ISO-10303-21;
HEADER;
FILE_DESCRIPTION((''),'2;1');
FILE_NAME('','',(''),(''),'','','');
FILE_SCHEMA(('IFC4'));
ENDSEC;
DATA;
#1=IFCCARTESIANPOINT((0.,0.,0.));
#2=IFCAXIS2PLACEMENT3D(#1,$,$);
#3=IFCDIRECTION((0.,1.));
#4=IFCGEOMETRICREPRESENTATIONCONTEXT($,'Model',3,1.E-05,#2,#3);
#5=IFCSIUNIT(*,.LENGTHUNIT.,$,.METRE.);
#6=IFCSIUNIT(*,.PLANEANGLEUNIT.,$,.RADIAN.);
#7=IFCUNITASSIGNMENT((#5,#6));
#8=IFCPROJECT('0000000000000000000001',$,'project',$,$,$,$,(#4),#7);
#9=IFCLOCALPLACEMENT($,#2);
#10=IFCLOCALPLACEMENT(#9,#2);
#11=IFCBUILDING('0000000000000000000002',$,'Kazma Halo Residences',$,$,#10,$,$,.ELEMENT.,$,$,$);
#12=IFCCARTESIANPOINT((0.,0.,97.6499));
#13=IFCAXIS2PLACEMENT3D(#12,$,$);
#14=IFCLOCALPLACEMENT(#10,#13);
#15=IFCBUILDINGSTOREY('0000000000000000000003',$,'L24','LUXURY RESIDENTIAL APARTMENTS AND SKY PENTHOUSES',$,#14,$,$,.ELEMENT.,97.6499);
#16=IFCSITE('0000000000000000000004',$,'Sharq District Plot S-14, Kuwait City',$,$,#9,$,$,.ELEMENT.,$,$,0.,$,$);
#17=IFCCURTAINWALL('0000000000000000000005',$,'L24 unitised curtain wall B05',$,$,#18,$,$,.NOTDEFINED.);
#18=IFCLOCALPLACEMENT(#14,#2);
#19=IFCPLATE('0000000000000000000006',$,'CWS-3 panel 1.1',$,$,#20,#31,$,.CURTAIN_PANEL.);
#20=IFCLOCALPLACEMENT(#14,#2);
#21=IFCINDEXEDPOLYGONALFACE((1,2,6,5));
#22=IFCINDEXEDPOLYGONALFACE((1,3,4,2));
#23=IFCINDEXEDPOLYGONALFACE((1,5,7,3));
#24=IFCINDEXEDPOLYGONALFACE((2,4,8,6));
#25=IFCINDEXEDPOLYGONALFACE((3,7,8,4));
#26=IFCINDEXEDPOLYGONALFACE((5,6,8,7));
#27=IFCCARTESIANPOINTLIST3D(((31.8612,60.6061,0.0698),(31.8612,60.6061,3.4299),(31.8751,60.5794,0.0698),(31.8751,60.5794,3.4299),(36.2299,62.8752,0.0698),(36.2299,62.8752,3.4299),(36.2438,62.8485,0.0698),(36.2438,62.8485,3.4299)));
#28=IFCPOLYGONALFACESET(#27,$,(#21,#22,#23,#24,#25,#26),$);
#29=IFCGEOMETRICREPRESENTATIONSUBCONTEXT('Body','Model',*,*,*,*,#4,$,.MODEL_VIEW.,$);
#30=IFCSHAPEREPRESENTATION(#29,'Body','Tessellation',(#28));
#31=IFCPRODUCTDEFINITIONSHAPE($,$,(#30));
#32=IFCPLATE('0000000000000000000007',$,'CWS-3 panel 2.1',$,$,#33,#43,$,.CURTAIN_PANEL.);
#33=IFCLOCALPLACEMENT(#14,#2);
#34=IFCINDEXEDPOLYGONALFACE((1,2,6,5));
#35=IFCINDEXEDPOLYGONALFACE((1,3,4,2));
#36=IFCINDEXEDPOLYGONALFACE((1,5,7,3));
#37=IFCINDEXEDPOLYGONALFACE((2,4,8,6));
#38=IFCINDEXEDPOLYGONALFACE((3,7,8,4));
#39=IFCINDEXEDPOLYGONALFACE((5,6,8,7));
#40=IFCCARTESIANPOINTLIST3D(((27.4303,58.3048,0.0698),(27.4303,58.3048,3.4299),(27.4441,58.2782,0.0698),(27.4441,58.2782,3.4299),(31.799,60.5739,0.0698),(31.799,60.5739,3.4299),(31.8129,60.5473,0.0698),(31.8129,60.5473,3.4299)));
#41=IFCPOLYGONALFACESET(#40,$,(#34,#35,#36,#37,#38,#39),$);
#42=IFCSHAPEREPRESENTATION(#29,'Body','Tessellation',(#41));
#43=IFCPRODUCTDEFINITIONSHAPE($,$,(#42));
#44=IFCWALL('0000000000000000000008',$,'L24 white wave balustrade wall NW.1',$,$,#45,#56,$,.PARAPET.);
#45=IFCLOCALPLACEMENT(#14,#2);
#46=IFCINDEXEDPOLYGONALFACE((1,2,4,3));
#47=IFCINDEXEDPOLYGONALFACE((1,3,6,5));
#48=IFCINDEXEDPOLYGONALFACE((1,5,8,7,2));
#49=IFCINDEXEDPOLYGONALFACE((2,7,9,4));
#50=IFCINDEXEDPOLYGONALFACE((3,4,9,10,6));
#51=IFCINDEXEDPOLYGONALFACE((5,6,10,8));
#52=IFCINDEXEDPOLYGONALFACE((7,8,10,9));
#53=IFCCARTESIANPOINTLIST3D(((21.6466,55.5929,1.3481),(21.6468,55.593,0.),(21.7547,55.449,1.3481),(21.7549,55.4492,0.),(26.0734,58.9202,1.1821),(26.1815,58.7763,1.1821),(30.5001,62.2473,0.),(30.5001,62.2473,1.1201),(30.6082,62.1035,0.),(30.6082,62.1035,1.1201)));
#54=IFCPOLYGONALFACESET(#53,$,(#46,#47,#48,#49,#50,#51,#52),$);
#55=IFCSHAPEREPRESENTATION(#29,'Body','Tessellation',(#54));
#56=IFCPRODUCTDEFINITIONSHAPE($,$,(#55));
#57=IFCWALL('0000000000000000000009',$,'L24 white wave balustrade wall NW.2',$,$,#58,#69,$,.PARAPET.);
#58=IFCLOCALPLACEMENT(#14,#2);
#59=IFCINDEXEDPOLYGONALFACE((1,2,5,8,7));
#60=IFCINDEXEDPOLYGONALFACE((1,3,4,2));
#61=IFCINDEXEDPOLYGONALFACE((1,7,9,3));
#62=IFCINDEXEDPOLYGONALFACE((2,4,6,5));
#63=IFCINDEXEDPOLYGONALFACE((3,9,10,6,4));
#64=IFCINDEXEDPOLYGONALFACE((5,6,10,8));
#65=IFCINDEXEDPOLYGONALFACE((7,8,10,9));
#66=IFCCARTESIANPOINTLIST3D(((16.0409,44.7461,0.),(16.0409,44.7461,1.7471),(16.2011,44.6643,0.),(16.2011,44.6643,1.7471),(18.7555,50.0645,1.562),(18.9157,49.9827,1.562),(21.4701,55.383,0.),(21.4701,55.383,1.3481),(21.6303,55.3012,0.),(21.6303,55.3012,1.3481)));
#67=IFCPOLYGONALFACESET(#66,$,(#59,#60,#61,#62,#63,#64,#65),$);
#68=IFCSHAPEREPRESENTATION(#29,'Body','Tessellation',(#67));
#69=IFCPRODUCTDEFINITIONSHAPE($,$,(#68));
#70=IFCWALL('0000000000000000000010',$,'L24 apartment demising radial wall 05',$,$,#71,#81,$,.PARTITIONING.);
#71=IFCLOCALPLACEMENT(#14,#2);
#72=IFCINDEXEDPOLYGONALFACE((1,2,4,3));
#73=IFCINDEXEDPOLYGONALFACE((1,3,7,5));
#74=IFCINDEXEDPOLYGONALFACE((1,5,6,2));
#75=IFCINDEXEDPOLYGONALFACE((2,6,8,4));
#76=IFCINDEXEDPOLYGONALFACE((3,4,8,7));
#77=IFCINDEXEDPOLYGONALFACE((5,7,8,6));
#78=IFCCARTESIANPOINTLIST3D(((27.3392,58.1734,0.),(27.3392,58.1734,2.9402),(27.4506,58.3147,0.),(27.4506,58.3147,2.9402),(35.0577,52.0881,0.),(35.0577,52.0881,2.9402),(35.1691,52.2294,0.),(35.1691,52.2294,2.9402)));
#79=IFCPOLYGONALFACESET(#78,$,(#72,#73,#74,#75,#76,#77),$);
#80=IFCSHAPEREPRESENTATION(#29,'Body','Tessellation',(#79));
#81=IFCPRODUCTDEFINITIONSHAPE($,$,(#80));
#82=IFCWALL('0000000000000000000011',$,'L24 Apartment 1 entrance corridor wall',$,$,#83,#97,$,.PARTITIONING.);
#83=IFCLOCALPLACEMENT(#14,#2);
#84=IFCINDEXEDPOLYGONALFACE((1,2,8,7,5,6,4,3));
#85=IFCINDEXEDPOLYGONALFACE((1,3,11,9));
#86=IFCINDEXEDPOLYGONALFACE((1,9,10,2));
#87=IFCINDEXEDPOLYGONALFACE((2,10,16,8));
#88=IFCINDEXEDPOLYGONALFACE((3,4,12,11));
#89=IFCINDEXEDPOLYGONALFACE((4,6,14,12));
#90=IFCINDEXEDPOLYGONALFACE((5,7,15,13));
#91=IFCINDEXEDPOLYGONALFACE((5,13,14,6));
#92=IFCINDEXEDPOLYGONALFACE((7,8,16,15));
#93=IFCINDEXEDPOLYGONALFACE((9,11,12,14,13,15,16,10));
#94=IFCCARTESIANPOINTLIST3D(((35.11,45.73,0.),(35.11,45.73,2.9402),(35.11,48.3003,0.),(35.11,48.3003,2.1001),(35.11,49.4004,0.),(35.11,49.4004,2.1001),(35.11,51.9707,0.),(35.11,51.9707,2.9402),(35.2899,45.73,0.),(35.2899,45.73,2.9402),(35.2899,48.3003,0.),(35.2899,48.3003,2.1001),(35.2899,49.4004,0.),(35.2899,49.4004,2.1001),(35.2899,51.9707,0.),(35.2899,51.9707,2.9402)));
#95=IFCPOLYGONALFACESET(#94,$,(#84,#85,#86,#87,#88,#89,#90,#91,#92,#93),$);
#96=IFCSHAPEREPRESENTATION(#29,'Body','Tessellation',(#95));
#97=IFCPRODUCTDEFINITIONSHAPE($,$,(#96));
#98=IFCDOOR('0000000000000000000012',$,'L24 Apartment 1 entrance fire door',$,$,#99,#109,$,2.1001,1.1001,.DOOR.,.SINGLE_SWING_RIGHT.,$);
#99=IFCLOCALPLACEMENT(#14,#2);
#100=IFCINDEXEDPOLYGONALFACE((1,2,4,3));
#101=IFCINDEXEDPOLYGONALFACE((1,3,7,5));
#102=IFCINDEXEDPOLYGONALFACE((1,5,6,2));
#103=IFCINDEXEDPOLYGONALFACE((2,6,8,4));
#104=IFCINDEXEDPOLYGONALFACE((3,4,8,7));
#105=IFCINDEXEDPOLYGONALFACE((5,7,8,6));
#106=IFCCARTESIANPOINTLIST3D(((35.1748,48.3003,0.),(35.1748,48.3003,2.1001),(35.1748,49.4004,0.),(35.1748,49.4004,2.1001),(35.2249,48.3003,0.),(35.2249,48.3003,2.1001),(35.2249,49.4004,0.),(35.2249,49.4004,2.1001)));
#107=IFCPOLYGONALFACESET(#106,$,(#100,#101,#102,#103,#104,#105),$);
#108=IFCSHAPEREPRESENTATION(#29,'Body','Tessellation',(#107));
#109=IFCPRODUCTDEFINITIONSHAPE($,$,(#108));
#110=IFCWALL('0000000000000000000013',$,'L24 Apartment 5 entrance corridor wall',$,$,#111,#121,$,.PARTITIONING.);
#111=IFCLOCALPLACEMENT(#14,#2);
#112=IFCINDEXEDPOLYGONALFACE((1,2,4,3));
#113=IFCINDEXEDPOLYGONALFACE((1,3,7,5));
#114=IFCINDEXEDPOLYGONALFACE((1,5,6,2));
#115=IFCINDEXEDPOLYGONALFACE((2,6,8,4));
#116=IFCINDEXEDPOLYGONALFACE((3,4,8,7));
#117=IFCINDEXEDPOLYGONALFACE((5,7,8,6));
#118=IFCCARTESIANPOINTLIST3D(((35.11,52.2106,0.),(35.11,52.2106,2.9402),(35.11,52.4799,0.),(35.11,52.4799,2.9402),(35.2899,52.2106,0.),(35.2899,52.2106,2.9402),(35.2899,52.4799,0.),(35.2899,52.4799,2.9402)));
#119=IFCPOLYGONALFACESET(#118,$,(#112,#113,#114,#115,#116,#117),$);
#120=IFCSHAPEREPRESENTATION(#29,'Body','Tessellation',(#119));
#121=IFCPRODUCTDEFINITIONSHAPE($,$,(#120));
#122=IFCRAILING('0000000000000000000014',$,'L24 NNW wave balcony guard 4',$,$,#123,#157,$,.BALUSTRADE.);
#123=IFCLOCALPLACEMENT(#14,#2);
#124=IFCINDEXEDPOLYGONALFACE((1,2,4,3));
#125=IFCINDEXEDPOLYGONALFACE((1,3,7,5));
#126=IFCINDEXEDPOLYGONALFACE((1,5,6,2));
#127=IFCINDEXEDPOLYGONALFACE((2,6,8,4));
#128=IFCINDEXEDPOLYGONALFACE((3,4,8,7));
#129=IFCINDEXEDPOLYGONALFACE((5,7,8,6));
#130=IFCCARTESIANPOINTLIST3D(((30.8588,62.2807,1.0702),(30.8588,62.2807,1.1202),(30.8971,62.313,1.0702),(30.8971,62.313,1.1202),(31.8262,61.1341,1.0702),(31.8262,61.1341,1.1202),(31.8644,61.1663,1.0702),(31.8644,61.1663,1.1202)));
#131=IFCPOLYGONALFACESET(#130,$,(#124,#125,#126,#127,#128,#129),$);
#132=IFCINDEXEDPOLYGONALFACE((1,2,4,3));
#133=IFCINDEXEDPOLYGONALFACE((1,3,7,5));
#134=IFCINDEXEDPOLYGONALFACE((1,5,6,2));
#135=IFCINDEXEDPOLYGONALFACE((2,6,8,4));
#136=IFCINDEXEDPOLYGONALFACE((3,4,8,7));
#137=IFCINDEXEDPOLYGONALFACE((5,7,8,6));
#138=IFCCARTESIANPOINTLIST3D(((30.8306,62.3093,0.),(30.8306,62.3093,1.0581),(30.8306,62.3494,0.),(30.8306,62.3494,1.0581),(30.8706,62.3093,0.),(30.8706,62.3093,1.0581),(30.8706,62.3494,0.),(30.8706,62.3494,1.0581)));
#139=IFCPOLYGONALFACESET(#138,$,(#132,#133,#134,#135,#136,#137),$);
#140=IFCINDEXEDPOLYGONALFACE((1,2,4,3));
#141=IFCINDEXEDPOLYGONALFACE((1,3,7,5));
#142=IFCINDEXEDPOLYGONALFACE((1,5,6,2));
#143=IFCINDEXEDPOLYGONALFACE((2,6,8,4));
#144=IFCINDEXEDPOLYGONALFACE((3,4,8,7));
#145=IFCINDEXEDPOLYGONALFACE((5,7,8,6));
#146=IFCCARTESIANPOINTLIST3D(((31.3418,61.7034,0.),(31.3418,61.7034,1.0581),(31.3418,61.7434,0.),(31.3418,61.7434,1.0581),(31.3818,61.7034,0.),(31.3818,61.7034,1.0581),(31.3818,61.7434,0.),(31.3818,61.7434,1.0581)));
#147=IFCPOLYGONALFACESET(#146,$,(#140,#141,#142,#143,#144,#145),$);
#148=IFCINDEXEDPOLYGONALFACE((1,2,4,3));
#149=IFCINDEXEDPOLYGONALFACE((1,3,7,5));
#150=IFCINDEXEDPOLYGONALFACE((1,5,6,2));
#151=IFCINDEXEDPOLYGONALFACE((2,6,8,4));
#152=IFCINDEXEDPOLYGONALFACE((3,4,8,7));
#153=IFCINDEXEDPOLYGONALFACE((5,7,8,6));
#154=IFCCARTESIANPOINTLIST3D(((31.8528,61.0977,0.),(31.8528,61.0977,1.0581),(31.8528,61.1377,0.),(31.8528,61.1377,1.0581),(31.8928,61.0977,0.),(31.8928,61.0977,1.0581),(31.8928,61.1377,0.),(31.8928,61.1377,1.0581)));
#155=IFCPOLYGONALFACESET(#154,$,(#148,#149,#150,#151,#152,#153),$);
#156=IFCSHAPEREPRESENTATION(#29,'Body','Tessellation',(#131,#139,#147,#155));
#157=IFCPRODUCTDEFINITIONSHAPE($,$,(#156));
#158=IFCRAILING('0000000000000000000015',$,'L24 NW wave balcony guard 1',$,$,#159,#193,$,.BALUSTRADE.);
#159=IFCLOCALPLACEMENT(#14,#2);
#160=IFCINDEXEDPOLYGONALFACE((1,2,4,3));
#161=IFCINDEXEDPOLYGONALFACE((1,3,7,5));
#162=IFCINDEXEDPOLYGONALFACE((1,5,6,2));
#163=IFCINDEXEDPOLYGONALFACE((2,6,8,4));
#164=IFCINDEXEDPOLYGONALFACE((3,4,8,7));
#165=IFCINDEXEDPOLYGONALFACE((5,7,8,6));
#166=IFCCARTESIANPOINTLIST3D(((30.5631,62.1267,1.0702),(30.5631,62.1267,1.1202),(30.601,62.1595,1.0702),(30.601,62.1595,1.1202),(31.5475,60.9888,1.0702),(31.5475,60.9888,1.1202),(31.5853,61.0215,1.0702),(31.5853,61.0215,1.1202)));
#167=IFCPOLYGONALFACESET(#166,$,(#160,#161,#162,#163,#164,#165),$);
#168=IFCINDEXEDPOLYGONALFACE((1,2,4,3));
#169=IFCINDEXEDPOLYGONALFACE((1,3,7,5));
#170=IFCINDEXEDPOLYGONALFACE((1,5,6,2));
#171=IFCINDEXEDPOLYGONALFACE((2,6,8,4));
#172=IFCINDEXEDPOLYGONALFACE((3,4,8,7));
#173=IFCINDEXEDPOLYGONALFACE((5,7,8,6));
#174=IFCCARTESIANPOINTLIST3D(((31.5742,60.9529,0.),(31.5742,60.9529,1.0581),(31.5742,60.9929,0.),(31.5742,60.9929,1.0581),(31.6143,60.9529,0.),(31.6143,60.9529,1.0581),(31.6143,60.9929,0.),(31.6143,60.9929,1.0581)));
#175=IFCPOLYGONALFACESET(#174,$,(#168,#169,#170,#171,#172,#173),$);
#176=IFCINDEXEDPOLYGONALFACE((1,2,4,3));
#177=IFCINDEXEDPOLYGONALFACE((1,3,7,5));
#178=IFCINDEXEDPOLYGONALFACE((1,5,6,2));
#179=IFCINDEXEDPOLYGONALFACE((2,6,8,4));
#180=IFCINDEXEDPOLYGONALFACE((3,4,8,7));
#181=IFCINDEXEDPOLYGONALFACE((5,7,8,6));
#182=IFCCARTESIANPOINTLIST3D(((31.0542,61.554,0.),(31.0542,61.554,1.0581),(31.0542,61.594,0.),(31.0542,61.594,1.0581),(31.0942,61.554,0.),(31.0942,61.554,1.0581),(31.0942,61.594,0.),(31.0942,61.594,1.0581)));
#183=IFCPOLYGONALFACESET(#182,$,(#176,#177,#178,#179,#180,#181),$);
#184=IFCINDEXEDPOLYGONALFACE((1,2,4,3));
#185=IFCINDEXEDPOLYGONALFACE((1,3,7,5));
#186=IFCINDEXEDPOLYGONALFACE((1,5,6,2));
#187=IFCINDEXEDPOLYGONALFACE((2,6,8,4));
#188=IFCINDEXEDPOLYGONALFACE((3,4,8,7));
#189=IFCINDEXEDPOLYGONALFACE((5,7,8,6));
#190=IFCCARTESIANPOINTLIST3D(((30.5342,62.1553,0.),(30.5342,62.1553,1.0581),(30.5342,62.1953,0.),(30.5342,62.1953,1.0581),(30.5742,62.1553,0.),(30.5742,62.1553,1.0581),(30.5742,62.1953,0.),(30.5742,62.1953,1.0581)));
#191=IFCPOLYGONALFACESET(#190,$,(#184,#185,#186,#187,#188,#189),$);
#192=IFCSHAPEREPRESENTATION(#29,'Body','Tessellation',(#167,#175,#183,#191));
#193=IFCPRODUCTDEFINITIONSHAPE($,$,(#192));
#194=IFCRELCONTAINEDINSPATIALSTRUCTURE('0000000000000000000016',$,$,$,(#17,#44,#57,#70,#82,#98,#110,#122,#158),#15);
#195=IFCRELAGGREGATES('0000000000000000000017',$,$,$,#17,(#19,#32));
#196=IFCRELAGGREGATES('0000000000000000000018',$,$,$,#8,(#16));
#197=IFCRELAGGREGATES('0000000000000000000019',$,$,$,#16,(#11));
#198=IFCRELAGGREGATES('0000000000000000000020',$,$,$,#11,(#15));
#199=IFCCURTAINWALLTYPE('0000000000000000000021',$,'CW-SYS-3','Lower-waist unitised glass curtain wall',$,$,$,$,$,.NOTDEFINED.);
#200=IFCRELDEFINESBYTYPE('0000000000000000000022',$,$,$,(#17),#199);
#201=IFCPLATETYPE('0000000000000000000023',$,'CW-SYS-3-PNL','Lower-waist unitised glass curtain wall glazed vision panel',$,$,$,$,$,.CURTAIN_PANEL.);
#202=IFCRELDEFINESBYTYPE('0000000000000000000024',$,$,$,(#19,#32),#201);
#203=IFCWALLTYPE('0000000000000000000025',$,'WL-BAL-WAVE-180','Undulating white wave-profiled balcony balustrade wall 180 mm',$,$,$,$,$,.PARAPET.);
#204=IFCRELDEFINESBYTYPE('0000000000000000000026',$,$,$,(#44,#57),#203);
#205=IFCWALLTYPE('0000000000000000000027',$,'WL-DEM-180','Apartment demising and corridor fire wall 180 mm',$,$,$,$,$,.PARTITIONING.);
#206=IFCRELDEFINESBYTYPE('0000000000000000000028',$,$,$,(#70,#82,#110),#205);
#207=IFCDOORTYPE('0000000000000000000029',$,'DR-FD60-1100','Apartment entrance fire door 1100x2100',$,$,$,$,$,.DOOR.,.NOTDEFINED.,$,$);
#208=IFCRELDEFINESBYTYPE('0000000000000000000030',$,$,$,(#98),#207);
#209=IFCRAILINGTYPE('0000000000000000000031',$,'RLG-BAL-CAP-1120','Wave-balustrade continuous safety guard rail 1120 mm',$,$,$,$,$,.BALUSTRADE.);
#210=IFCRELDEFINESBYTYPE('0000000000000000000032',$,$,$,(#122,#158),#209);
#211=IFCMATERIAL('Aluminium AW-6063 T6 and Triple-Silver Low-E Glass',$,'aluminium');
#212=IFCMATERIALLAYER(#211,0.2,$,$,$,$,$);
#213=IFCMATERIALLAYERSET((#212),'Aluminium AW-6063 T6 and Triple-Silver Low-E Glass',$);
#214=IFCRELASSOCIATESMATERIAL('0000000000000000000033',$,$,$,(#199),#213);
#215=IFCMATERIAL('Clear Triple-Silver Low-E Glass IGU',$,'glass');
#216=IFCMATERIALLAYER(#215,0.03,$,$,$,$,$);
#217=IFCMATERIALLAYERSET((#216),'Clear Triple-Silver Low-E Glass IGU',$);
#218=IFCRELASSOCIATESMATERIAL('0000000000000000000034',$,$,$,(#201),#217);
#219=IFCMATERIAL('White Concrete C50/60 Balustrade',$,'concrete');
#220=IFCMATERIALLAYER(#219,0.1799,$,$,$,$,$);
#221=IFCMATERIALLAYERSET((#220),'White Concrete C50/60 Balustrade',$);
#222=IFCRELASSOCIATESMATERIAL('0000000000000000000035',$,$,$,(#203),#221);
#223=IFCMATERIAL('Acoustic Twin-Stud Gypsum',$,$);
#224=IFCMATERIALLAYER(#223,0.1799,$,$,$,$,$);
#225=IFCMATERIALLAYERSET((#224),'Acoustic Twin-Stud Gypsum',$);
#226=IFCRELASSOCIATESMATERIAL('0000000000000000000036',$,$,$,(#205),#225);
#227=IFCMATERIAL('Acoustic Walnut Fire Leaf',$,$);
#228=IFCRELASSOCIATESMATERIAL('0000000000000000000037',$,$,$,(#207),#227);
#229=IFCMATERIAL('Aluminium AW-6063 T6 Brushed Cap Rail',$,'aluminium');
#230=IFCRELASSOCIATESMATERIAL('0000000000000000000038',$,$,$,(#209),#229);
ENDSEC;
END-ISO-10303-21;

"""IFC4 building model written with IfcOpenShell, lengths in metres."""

from ifc_helpers import new_model, si_unit, direction, frame, frame_2d, origin, origin_2d, place, context, subcontext, project, spatial, polyline, rectangle, outline, extrude, material, layer, layer_set, type_object, element, fill, aggregate, save


model = new_model("IFC4")

# Units and contexts
model_context = context("Model", 3, precision=1e-05, world=origin(), true_north=direction((0.0, 1.0)))
body_context = subcontext(model_context, "Body", "Model", "MODEL_VIEW")
ifc_project = project(units=[si_unit("LENGTHUNIT", "METRE"), si_unit("PLANEANGLEUNIT", "RADIAN")], contexts=[model_context])

# Site, building, storey
site_placement = place(None, origin())
site = spatial("IfcSite", under=ifc_project, at=site_placement, Name="Sharq District Plot S-14, Kuwait City", CompositionType="ELEMENT", RefElevation=0.0)
building_placement = place(site_placement, origin())
building = spatial("IfcBuilding", under=site, at=building_placement, Name="Kazma Halo Residences", CompositionType="ELEMENT")
storey_placement = place(building_placement, frame((0.0, 0.0, 97.6499)))
storey = spatial("IfcBuildingStorey", under=building, at=storey_placement, Name="L24", Description="LUXURY RESIDENTIAL APARTMENTS AND SKY PENTHOUSES", CompositionType="ELEMENT", Elevation=97.6499)

# Curtain wall
ifc_material_1 = material(Name="Aluminium AW-6063 T6 and Triple-Silver Low-E Glass", Category="aluminium")
ifc_layer_1 = layer(ifc_material_1, 0.2)
ifc_layer_set_1 = layer_set([ifc_layer_1], Name="Aluminium AW-6063 T6 and Triple-Silver Low-E Glass")
curtain_wall_type = type_object("IfcCurtainWallType", Name="CW-SYS-3", Description="Lower-waist unitised glass curtain wall", PredefinedType="NOTDEFINED", material=ifc_layer_set_1)
curtain_wall_1_placement = place(storey_placement, origin())
curtain_wall_1 = element("IfcCurtainWall", 1, at=curtain_wall_1_placement, inside=storey, type_object=curtain_wall_type, Name="L24 unitised curtain wall B05", PredefinedType="NOTDEFINED")

# Plates
ifc_material_2 = material(Name="Clear Triple-Silver Low-E Glass IGU", Category="glass")
ifc_layer_2 = layer(ifc_material_2, 0.03)
ifc_layer_set_2 = layer_set([ifc_layer_2], Name="Clear Triple-Silver Low-E Glass IGU")
plate_type = type_object("IfcPlateType", Name="CW-SYS-3-PNL", Description="Lower-waist unitised glass curtain wall glazed vision panel", PredefinedType="CURTAIN_PANEL", material=ifc_layer_set_2)
plate_1_placement = place(storey_placement, frame((34.0525, 61.7273, 0.0698), z_axis=(0.0, 0.0, 1.0), x_axis=(-0.887435, -0.460932, 0.0)))
plate_1 = element("IfcPlate", 2, at=plate_1_placement, type_object=plate_type, Name="CWS-3 panel 1.1", PredefinedType="CURTAIN_PANEL", context=body_context, shape_type="SweptSolid", body=[
    extrude(rectangle(XDim=4.9229, YDim=0.03, at=origin_2d()), origin(), (0.0, 0.0, 1.0), 3.3601),
])
plate_2_placement = place(storey_placement, frame((29.6216, 59.426, 0.0698), z_axis=(0.0, 0.0, 1.0), x_axis=(-0.887435, -0.460932, 0.0)))
plate_2 = element("IfcPlate", 3, at=plate_2_placement, type_object=plate_type, Name="CWS-3 panel 2.1", PredefinedType="CURTAIN_PANEL", context=body_context, shape_type="SweptSolid", body=[
    extrude(rectangle(XDim=4.9229, YDim=0.03, at=origin_2d()), origin(), (0.0, 0.0, 1.0), 3.3601),
])
aggregate(curtain_wall_1, [plate_1, plate_2])

# Walls
ifc_material_3 = material(Name="White Concrete C50/60 Balustrade", Category="concrete")
ifc_layer_3 = layer(ifc_material_3, 0.1799)
ifc_layer_set_3 = layer_set([ifc_layer_3], Name="White Concrete C50/60 Balustrade")
wall_type_1 = type_object("IfcWallType", Name="WL-BAL-WAVE-180", Description="Undulating white wave-profiled balcony balustrade wall 180 mm", PredefinedType="PARAPET", material=ifc_layer_set_3)
wall_1_placement = place(storey_placement, frame((30.5542, 62.1753, 0.0), z_axis=(0.0, 0.0, 1.0), x_axis=(-0.799378, -0.600829, 0.0)))
element("IfcWall", 4, at=wall_1_placement, inside=storey, type_object=wall_type_1, Name="L24 white wave balustrade wall NW.1", PredefinedType="PARAPET", context=body_context, shape_type="SweptSolid", body=[
    extrude(outline(polyline([(0.0, 0.0), (11.0752, 0.0), (11.0754, 1.3481), (5.5376, 1.1821), (0.0, 1.1201), (0.0, 0.0)])), frame((0.0, 0.0898, 0.0), z_axis=(0.0, -1.0, 0.0), x_axis=(1.0, 0.0, 0.0)), (0.0, 0.0, 1.0), 0.1799),
])
wall_2_placement = place(storey_placement, frame((21.5503, 55.342, 0.0), z_axis=(0.0, 0.0, 1.0), x_axis=(-0.454615, -0.890688, 0.0)))
element("IfcWall", 5, at=wall_2_placement, inside=storey, type_object=wall_type_1, Name="L24 white wave balustrade wall NW.2", PredefinedType="PARAPET", context=body_context, shape_type="SweptSolid", body=[
    extrude(outline(polyline([(0.0, 0.0), (11.9424, 0.0), (11.9424, 1.7471), (5.9712, 1.562), (0.0, 1.3481), (0.0, 0.0)])), frame((0.0, 0.0898, 0.0), z_axis=(0.0, -1.0, 0.0), x_axis=(1.0, 0.0, 0.0)), (0.0, 0.0, 1.0), 0.1799),
])
ifc_material_4 = material(Name="Acoustic Twin-Stud Gypsum")
ifc_layer_4 = layer(ifc_material_4, 0.1799)
ifc_layer_set_4 = layer_set([ifc_layer_4], Name="Acoustic Twin-Stud Gypsum")
wall_type_2 = type_object("IfcWallType", Name="WL-DEM-180", Description="Apartment demising and corridor fire wall 180 mm", PredefinedType="PARTITIONING", material=ifc_layer_set_4)
wall_3_placement = place(storey_placement, frame((35.1135, 52.1587, 0.0), z_axis=(0.0, 0.0, 1.0), x_axis=(-0.785296, 0.619121, 0.0)))
element("IfcWall", 6, at=wall_3_placement, inside=storey, type_object=wall_type_2, Name="L24 apartment demising radial wall 05", PredefinedType="PARTITIONING", context=body_context, shape_type="SweptSolid", body=[
    extrude(rectangle(XDim=9.8289, YDim=0.1799, at=frame_2d((4.9146, 0.0))), origin(), (0.0, 0.0, 1.0), 2.9402),
])

# Wall, opening, door
wall_4_placement = place(storey_placement, frame((35.2, 51.9707, 0.0), z_axis=(0.0, 0.0, 1.0), x_axis=(0.0, -1.0, 0.0)))
wall_4 = element("IfcWall", 7, at=wall_4_placement, inside=storey, type_object=wall_type_2, Name="L24 Apartment 1 entrance corridor wall", PredefinedType="PARTITIONING", context=body_context, shape_type="SweptSolid", body=[
    extrude(rectangle(XDim=6.2407, YDim=0.1799, at=frame_2d((3.1204, 0.0))), origin(), (0.0, 0.0, 1.0), 2.9402),
])
opening_1_placement = place(wall_4_placement, frame((2.5703, 0.0, 0.0)))
opening_1 = element("IfcOpeningElement", 8, at=opening_1_placement, cuts=wall_4, PredefinedType="OPENING", context=body_context, shape_type="SweptSolid", body=[
    extrude(rectangle(XDim=1.1001, YDim=2.1001, at=frame_2d((0.55, 1.05))), frame((0.0, 0.0999, 0.0), z_axis=(0.0, -1.0, 0.0), x_axis=(1.0, 0.0, 0.0)), (0.0, 0.0, 1.0), 0.2),
])
ifc_material_5 = material(Name="Acoustic Walnut Fire Leaf")
door_type_1 = type_object("IfcDoorType", Name="DR-FD60-1100", Description="Apartment entrance fire door 1100x2100", OperationType="NOTDEFINED", PredefinedType="DOOR", material=ifc_material_5)
door_1_placement = place(opening_1_placement, origin())
door_1 = element("IfcDoor", 9, at=door_1_placement, inside=storey, type_object=door_type_1, Name="L24 Apartment 1 entrance fire door", OperationType="SINGLE_SWING_RIGHT", OverallHeight=2.1001, OverallWidth=1.1001, PredefinedType="DOOR", context=body_context, shape_type="SweptSolid", body=[
    extrude(rectangle(XDim=1.1001, YDim=2.1001, at=frame_2d((0.55, 1.05))), frame((0.0, 0.0249, 0.0), z_axis=(0.0, -1.0, 0.0), x_axis=(1.0, 0.0, 0.0)), (0.0, 0.0, 1.0), 0.05),
])
fill(opening_1, door_1)

# Wall
wall_5_placement = place(storey_placement, frame((35.2, 52.48, 0.0), z_axis=(0.0, 0.0, 1.0), x_axis=(0.0, -1.0, 0.0)))
element("IfcWall", 10, at=wall_5_placement, inside=storey, type_object=wall_type_2, Name="L24 Apartment 5 entrance corridor wall", PredefinedType="PARTITIONING", context=body_context, shape_type="SweptSolid", body=[
    extrude(rectangle(XDim=0.2693, YDim=0.1799, at=frame_2d((0.1348, 0.0))), origin(), (0.0, 0.0, 1.0), 2.9402),
])

# Railings
ifc_material_6 = material(Name="Aluminium AW-6063 T6 Brushed Cap Rail", Category="aluminium")
railing_type = type_object("IfcRailingType", Name="RLG-BAL-CAP-1120", Description="Wave-balustrade continuous safety guard rail 1120 mm", PredefinedType="BALUSTRADE", material=ifc_material_6)
railing_1_placement = place(storey_placement, frame((30.8506, 62.3293, 0.0)))
element("IfcRailing", 11, at=railing_1_placement, inside=storey, type_object=railing_type, Name="L24 NNW wave balcony guard 4", PredefinedType="BALUSTRADE", context=body_context, shape_type="SweptSolid", body=[
    extrude(rectangle(XDim=0.05, YDim=0.05, at=origin_2d()), frame((0.0273, -0.0325, 1.0952), z_axis=(0.644823, -0.764332, 0.0), x_axis=(0.764332, 0.644823, 0.0)), (0.0, 0.0, 1.0), 1.5002),
    extrude(rectangle(XDim=0.04, YDim=0.04, at=origin_2d()), origin(), (0.0, 0.0, 1.0), 1.0581),
    extrude(rectangle(XDim=0.04, YDim=0.04, at=origin_2d()), frame((0.5112, -0.606, 0.0)), (0.0, 0.0, 1.0), 1.0581),
    extrude(rectangle(XDim=0.04, YDim=0.04, at=origin_2d()), frame((1.0222, -1.2117, 0.0)), (0.0, 0.0, 1.0), 1.0581),
])
railing_2_placement = place(storey_placement, frame((31.5942, 60.9729, 0.0)))
element("IfcRailing", 12, at=railing_2_placement, inside=storey, type_object=railing_type, Name="L24 NW wave balcony guard 1", PredefinedType="BALUSTRADE", context=body_context, shape_type="SweptSolid", body=[
    extrude(rectangle(XDim=0.05, YDim=0.05, at=origin_2d()), frame((-0.0278, 0.0322, 1.0952), z_axis=(-0.654199, 0.756322, 0.0), x_axis=(-0.756322, -0.654199, 0.0)), (0.0, 0.0, 1.0), 1.5046),
    extrude(rectangle(XDim=0.04, YDim=0.04, at=origin_2d()), origin(), (0.0, 0.0, 1.0), 1.0581),
    extrude(rectangle(XDim=0.04, YDim=0.04, at=origin_2d()), frame((-0.52, 0.6011, 0.0)), (0.0, 0.0, 1.0), 1.0581),
    extrude(rectangle(XDim=0.04, YDim=0.04, at=origin_2d()), frame((-1.04, 1.2024, 0.0)), (0.0, 0.0, 1.0), 1.0581),
])

save(model, "model.ifc")
